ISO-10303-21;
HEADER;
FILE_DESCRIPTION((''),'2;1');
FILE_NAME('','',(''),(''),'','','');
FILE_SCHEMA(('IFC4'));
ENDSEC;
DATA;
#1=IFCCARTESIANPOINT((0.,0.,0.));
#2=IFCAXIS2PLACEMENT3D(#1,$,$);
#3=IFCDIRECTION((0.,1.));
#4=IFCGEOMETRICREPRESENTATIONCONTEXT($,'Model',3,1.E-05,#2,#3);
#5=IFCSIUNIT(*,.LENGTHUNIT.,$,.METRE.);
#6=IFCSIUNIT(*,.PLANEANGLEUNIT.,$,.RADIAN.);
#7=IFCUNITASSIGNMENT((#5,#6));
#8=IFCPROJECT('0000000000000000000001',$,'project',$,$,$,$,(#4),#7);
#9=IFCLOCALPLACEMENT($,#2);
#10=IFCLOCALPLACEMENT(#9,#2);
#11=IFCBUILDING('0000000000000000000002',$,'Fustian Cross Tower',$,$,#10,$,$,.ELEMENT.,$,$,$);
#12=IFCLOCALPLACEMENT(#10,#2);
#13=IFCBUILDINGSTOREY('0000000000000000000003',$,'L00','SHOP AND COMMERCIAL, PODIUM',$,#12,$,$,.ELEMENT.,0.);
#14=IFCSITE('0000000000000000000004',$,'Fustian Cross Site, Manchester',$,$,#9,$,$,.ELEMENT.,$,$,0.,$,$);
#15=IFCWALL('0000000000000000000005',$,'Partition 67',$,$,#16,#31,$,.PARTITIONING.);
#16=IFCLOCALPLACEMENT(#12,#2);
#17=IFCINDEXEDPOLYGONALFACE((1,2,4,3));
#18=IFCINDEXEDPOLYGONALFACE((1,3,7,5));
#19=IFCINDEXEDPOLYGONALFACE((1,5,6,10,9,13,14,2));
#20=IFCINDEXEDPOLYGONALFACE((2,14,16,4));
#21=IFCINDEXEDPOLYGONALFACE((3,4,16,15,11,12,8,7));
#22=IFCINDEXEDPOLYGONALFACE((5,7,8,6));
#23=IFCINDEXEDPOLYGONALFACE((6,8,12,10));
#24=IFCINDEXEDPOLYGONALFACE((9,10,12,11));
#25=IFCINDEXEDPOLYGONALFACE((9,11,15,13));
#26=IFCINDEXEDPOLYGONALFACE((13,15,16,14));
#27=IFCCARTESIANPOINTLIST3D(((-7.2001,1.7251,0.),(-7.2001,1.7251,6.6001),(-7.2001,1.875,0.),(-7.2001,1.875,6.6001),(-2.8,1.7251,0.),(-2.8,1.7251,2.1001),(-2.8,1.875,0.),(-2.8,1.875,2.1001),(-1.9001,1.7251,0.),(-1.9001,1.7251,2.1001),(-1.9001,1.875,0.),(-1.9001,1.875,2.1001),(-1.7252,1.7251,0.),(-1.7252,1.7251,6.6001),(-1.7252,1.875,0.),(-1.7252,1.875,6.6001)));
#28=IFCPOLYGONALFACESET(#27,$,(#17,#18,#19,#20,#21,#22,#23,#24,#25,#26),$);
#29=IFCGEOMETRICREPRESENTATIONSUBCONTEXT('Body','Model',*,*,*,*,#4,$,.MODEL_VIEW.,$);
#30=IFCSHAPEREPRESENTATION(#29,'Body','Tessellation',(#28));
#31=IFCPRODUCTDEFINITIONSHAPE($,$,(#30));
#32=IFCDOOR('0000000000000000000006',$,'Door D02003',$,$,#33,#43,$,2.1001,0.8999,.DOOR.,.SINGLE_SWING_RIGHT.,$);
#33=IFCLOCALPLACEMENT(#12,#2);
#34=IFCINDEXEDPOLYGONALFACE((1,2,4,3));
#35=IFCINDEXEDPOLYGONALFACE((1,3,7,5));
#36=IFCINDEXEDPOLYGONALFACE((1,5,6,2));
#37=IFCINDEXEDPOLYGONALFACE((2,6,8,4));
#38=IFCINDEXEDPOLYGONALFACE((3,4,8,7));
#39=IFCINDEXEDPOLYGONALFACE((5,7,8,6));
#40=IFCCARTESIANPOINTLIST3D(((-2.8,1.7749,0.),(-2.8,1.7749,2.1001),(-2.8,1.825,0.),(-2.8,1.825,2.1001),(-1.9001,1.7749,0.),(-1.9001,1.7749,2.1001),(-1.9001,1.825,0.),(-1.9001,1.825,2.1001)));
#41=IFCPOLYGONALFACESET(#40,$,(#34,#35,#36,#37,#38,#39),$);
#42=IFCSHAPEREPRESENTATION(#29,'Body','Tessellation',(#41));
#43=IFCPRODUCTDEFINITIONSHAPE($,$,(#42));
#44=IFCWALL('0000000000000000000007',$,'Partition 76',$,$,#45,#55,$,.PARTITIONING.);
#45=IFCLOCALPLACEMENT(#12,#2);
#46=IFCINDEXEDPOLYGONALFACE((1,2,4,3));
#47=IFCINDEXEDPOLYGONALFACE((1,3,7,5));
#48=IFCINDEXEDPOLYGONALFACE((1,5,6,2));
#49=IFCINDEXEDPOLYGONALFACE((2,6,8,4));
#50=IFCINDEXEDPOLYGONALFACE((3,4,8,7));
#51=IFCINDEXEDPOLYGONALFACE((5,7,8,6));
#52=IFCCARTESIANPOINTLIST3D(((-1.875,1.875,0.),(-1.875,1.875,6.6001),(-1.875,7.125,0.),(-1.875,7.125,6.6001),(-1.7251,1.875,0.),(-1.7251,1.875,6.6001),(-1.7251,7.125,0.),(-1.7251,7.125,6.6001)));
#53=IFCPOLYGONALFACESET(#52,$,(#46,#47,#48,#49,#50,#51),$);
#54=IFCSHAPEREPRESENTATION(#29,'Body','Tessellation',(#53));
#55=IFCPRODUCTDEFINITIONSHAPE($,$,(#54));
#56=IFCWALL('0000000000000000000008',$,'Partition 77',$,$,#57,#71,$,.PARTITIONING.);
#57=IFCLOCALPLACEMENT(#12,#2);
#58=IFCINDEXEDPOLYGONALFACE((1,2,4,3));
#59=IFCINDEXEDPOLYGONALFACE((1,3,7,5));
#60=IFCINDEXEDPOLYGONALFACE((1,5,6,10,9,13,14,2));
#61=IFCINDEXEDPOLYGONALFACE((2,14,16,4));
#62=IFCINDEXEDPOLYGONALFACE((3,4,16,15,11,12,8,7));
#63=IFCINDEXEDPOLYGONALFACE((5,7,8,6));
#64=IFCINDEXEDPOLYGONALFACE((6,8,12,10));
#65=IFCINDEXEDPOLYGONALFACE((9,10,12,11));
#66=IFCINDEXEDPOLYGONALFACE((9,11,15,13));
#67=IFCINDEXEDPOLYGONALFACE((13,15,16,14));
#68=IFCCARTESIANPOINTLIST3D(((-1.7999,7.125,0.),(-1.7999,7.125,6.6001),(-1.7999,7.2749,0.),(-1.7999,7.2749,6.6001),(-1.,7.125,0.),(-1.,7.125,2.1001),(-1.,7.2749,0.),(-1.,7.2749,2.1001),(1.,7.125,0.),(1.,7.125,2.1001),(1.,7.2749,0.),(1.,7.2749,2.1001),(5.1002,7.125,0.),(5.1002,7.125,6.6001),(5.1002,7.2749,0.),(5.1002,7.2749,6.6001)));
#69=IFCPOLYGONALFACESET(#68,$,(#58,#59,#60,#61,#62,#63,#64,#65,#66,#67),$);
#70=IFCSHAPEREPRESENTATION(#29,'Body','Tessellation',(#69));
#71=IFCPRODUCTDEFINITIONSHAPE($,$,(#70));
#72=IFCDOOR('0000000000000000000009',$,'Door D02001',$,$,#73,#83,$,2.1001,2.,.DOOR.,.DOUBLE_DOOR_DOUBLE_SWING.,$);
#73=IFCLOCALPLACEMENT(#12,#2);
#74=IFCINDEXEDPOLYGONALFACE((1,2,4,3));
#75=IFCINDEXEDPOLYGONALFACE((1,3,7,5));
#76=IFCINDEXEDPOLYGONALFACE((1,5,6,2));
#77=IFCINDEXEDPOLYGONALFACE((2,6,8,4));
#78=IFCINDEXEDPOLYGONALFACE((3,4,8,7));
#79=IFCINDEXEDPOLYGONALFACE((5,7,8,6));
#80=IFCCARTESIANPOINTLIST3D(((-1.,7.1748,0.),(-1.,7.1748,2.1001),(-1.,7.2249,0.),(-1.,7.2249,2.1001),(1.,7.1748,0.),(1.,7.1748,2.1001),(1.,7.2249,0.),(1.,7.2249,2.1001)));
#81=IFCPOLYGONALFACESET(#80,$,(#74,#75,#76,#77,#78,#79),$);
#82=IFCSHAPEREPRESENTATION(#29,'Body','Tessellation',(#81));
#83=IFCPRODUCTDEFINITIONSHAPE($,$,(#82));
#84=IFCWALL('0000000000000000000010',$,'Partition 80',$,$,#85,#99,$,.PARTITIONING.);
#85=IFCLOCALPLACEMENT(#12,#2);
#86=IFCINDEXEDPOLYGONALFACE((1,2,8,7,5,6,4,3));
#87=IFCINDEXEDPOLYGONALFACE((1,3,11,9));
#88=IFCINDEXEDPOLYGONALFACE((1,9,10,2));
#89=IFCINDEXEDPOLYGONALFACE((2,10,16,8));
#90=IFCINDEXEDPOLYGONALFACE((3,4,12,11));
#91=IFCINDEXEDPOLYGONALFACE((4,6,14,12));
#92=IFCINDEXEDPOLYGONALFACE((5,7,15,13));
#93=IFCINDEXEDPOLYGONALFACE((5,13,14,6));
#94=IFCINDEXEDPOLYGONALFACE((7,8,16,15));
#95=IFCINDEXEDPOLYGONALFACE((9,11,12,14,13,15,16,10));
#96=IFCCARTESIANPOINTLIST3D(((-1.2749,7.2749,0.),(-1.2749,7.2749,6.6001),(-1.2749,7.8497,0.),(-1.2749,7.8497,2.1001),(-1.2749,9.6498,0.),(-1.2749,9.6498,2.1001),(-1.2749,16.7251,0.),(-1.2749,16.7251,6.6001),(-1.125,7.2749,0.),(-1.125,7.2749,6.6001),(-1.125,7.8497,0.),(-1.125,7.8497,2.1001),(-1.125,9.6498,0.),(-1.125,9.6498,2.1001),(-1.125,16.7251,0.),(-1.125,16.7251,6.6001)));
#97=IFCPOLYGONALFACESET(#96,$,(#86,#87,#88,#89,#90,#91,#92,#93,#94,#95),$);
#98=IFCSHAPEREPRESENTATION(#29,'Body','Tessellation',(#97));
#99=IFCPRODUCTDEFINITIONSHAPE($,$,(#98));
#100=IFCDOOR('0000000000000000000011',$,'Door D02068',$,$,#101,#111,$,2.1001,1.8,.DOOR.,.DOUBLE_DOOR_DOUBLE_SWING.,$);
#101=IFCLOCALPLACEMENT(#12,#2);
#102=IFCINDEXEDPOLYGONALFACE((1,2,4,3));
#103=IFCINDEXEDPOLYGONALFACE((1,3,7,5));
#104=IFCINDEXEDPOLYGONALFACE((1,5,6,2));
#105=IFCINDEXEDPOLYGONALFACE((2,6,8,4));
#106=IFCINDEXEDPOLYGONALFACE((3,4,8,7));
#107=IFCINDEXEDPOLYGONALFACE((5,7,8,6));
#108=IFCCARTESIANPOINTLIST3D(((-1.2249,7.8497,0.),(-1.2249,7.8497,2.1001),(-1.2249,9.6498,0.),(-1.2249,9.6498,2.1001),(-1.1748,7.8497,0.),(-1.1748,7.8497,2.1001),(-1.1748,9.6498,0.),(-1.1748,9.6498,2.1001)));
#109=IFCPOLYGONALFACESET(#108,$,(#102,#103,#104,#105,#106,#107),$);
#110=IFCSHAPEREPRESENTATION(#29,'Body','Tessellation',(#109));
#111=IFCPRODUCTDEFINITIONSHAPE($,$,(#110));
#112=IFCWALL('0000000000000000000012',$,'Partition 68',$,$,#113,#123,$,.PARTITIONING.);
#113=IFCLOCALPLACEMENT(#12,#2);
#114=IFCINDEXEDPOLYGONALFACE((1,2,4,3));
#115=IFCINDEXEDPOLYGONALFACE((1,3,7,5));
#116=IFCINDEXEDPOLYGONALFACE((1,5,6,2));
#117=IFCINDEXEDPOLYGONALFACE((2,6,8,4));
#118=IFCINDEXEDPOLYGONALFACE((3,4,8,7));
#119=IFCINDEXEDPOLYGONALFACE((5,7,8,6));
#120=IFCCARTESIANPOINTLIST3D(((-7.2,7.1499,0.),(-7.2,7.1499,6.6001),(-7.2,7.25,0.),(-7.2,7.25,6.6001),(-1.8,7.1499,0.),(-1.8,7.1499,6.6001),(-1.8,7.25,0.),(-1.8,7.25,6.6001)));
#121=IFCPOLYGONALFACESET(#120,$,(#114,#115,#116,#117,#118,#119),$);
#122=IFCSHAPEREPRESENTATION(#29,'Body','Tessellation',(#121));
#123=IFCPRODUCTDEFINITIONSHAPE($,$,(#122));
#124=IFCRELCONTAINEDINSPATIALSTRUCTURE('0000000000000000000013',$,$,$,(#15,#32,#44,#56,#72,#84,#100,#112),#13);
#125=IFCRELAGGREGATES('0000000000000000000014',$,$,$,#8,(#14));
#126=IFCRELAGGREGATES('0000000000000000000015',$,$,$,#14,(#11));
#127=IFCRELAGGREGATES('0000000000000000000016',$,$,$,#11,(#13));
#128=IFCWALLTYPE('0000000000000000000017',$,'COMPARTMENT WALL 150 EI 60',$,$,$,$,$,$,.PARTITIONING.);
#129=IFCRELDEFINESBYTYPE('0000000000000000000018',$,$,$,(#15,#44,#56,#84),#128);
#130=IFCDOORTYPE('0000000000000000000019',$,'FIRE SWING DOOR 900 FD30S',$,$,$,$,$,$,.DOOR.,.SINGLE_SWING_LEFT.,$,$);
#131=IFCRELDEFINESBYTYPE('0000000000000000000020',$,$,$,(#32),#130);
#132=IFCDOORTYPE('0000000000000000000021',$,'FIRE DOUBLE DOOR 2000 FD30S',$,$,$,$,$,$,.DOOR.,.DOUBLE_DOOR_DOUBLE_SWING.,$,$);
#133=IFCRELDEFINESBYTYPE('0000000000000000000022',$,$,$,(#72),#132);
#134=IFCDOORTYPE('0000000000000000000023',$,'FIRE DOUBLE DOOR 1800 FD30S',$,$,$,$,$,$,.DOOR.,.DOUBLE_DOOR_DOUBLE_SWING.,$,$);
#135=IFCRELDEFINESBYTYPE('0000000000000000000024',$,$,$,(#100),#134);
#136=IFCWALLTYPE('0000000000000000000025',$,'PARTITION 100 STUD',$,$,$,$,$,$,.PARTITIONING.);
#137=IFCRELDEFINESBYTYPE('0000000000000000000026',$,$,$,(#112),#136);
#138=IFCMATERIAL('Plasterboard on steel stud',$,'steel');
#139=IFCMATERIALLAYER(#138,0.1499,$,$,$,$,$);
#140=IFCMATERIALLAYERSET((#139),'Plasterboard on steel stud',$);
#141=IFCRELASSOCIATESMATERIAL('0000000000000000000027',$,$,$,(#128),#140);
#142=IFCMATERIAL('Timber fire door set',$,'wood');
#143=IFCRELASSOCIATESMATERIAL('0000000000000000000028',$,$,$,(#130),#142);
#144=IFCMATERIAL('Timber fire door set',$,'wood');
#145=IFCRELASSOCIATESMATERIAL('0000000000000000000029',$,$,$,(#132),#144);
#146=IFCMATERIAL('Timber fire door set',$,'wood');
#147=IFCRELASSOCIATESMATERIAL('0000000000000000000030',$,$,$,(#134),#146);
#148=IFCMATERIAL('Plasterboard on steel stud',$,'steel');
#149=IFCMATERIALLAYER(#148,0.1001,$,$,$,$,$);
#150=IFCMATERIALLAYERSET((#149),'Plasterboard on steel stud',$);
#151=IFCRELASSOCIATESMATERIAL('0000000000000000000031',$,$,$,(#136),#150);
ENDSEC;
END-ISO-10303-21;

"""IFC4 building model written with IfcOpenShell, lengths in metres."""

from ifc_helpers import new_model, si_unit, direction, frame, frame_2d, origin, place, context, subcontext, project, spatial, rectangle, extrude, material, layer, layer_set, type_object, element, fill, save


model = new_model("IFC4")

# Units and contexts
model_context = context("Model", 3, precision=1e-05, world=origin(), true_north=direction((0.0, 1.0)))
body_context = subcontext(model_context, "Body", "Model", "MODEL_VIEW")
ifc_project = project(units=[si_unit("LENGTHUNIT", "METRE"), si_unit("PLANEANGLEUNIT", "RADIAN")], contexts=[model_context])

# Site, building, storey
site_placement = place(None, origin())
site = spatial("IfcSite", under=ifc_project, at=site_placement, Name="Fustian Cross Site, Manchester", CompositionType="ELEMENT", RefElevation=0.0)
building_placement = place(site_placement, origin())
building = spatial("IfcBuilding", under=site, at=building_placement, Name="Fustian Cross Tower", CompositionType="ELEMENT")
storey_placement = place(building_placement, origin())
storey = spatial("IfcBuildingStorey", under=building, at=storey_placement, Name="L00", Description="SHOP AND COMMERCIAL, PODIUM", CompositionType="ELEMENT", Elevation=0.0)

# Wall, opening, door
ifc_material_1 = material(Name="Plasterboard on steel stud", Category="steel")
ifc_layer_1 = layer(ifc_material_1, 0.1499)
ifc_layer_set_1 = layer_set([ifc_layer_1], Name="Plasterboard on steel stud")
wall_type_1 = type_object("IfcWallType", Name="COMPARTMENT WALL 150 EI 60", PredefinedType="PARTITIONING", material=ifc_layer_set_1)
wall_1_placement = place(storey_placement, frame((-7.2, 1.8, 0.0), z_axis=(0.0, 0.0, 1.0), x_axis=(1.0, 0.0, 0.0)))
wall_1 = element("IfcWall", 1, at=wall_1_placement, inside=storey, type_object=wall_type_1, Name="Partition 67", PredefinedType="PARTITIONING", context=body_context, shape_type="SweptSolid", body=[
    extrude(rectangle(XDim=5.4749, YDim=0.1499, at=frame_2d((2.7373, 0.0))), origin(), (0.0, 0.0, 1.0), 6.6001),
])
opening_1_placement = place(wall_1_placement, frame((4.3999, 0.0, 0.0)))
opening_1 = element("IfcOpeningElement", 2, at=opening_1_placement, cuts=wall_1, PredefinedType="OPENING", context=body_context, shape_type="SweptSolid", body=[
    extrude(rectangle(XDim=0.8999, YDim=2.1001, at=frame_2d((0.45, 1.05))), frame((0.0, 0.085, 0.0), z_axis=(0.0, -1.0, 0.0), x_axis=(1.0, 0.0, 0.0)), (0.0, 0.0, 1.0), 0.1699),
])
ifc_material_2 = material(Name="Timber fire door set", Category="wood")
door_type_1 = type_object("IfcDoorType", Name="FIRE SWING DOOR 900 FD30S", OperationType="SINGLE_SWING_LEFT", PredefinedType="DOOR", material=ifc_material_2)
door_1_placement = place(opening_1_placement, origin())
door_1 = element("IfcDoor", 3, at=door_1_placement, inside=storey, type_object=door_type_1, Name="Door D02003", OperationType="SINGLE_SWING_RIGHT", OverallHeight=2.1001, OverallWidth=0.8999, PredefinedType="DOOR", context=body_context, shape_type="SweptSolid", body=[
    extrude(rectangle(XDim=0.8999, YDim=2.1001, at=frame_2d((0.45, 1.05))), frame((0.0, 0.0249, 0.0), z_axis=(0.0, -1.0, 0.0), x_axis=(1.0, 0.0, 0.0)), (0.0, 0.0, 1.0), 0.05),
])
fill(opening_1, door_1)

# Wall
wall_2_placement = place(storey_placement, frame((-1.8, 1.875, 0.0), z_axis=(0.0, 0.0, 1.0), x_axis=(0.0, 1.0, 0.0)))
element("IfcWall", 4, at=wall_2_placement, inside=storey, type_object=wall_type_1, Name="Partition 76", PredefinedType="PARTITIONING", context=body_context, shape_type="SweptSolid", body=[
    extrude(rectangle(XDim=5.25, YDim=0.1499, at=frame_2d((2.625, 0.0))), origin(), (0.0, 0.0, 1.0), 6.6001),
])

# Walls, openings, doors
wall_3_placement = place(storey_placement, frame((-1.8, 7.2, 0.0), z_axis=(0.0, 0.0, 1.0), x_axis=(1.0, 0.0, 0.0)))
wall_3 = element("IfcWall", 5, at=wall_3_placement, inside=storey, type_object=wall_type_1, Name="Partition 77", PredefinedType="PARTITIONING", context=body_context, shape_type="SweptSolid", body=[
    extrude(rectangle(XDim=6.9001, YDim=0.1499, at=frame_2d((3.4502, 0.0))), origin(), (0.0, 0.0, 1.0), 6.6001),
])
opening_2_placement = place(wall_3_placement, frame((0.8, 0.0, 0.0)))
opening_2 = element("IfcOpeningElement", 6, at=opening_2_placement, cuts=wall_3, PredefinedType="OPENING", context=body_context, shape_type="SweptSolid", body=[
    extrude(rectangle(XDim=2.0, YDim=2.1001, at=frame_2d((1.0, 1.05))), frame((0.0, 0.085, 0.0), z_axis=(0.0, -1.0, 0.0), x_axis=(1.0, 0.0, 0.0)), (0.0, 0.0, 1.0), 0.1699),
])
ifc_material_3 = material(Name="Timber fire door set", Category="wood")
door_type_2 = type_object("IfcDoorType", Name="FIRE DOUBLE DOOR 2000 FD30S", OperationType="DOUBLE_DOOR_DOUBLE_SWING", PredefinedType="DOOR", material=ifc_material_3)
door_2_placement = place(opening_2_placement, origin())
door_2 = element("IfcDoor", 7, at=door_2_placement, inside=storey, type_object=door_type_2, Name="Door D02001", OperationType="DOUBLE_DOOR_DOUBLE_SWING", OverallHeight=2.1001, OverallWidth=2.0, PredefinedType="DOOR", context=body_context, shape_type="SweptSolid", body=[
    extrude(rectangle(XDim=2.0, YDim=2.1001, at=frame_2d((1.0, 1.05))), frame((0.0, 0.0249, 0.0), z_axis=(0.0, -1.0, 0.0), x_axis=(1.0, 0.0, 0.0)), (0.0, 0.0, 1.0), 0.05),
])
fill(opening_2, door_2)
wall_4_placement = place(storey_placement, frame((-1.2, 7.2749, 0.0), z_axis=(0.0, 0.0, 1.0), x_axis=(0.0, 1.0, 0.0)))
wall_4 = element("IfcWall", 8, at=wall_4_placement, inside=storey, type_object=wall_type_1, Name="Partition 80", PredefinedType="PARTITIONING", context=body_context, shape_type="SweptSolid", body=[
    extrude(rectangle(XDim=9.4502, YDim=0.1499, at=frame_2d((4.7251, 0.0))), origin(), (0.0, 0.0, 1.0), 6.6001),
])
opening_3_placement = place(wall_4_placement, frame((0.575, 0.0, 0.0)))
opening_3 = element("IfcOpeningElement", 9, at=opening_3_placement, cuts=wall_4, PredefinedType="OPENING", context=body_context, shape_type="SweptSolid", body=[
    extrude(rectangle(XDim=1.8, YDim=2.1001, at=frame_2d((0.8999, 1.05))), frame((0.0, 0.085, 0.0), z_axis=(0.0, -1.0, 0.0), x_axis=(1.0, 0.0, 0.0)), (0.0, 0.0, 1.0), 0.1699),
])
ifc_material_4 = material(Name="Timber fire door set", Category="wood")
door_type_3 = type_object("IfcDoorType", Name="FIRE DOUBLE DOOR 1800 FD30S", OperationType="DOUBLE_DOOR_DOUBLE_SWING", PredefinedType="DOOR", material=ifc_material_4)
door_3_placement = place(opening_3_placement, origin())
door_3 = element("IfcDoor", 10, at=door_3_placement, inside=storey, type_object=door_type_3, Name="Door D02068", OperationType="DOUBLE_DOOR_DOUBLE_SWING", OverallHeight=2.1001, OverallWidth=1.8, PredefinedType="DOOR", context=body_context, shape_type="SweptSolid", body=[
    extrude(rectangle(XDim=1.8, YDim=2.1001, at=frame_2d((0.8999, 1.05))), frame((0.0, 0.0249, 0.0), z_axis=(0.0, -1.0, 0.0), x_axis=(1.0, 0.0, 0.0)), (0.0, 0.0, 1.0), 0.05),
])
fill(opening_3, door_3)

# Wall
ifc_material_5 = material(Name="Plasterboard on steel stud", Category="steel")
ifc_layer_2 = layer(ifc_material_5, 0.1001)
ifc_layer_set_2 = layer_set([ifc_layer_2], Name="Plasterboard on steel stud")
wall_type_2 = type_object("IfcWallType", Name="PARTITION 100 STUD", PredefinedType="PARTITIONING", material=ifc_layer_set_2)
wall_5_placement = place(storey_placement, frame((-7.2, 7.2, 0.0), z_axis=(0.0, 0.0, 1.0), x_axis=(1.0, 0.0, 0.0)))
element("IfcWall", 11, at=wall_5_placement, inside=storey, type_object=wall_type_2, Name="Partition 68", PredefinedType="PARTITIONING", context=body_context, shape_type="SweptSolid", body=[
    extrude(rectangle(XDim=5.3999, YDim=0.1001, at=frame_2d((2.7, 0.0))), origin(), (0.0, 0.0, 1.0), 6.6001),
])

save(model, "model.ifc")
